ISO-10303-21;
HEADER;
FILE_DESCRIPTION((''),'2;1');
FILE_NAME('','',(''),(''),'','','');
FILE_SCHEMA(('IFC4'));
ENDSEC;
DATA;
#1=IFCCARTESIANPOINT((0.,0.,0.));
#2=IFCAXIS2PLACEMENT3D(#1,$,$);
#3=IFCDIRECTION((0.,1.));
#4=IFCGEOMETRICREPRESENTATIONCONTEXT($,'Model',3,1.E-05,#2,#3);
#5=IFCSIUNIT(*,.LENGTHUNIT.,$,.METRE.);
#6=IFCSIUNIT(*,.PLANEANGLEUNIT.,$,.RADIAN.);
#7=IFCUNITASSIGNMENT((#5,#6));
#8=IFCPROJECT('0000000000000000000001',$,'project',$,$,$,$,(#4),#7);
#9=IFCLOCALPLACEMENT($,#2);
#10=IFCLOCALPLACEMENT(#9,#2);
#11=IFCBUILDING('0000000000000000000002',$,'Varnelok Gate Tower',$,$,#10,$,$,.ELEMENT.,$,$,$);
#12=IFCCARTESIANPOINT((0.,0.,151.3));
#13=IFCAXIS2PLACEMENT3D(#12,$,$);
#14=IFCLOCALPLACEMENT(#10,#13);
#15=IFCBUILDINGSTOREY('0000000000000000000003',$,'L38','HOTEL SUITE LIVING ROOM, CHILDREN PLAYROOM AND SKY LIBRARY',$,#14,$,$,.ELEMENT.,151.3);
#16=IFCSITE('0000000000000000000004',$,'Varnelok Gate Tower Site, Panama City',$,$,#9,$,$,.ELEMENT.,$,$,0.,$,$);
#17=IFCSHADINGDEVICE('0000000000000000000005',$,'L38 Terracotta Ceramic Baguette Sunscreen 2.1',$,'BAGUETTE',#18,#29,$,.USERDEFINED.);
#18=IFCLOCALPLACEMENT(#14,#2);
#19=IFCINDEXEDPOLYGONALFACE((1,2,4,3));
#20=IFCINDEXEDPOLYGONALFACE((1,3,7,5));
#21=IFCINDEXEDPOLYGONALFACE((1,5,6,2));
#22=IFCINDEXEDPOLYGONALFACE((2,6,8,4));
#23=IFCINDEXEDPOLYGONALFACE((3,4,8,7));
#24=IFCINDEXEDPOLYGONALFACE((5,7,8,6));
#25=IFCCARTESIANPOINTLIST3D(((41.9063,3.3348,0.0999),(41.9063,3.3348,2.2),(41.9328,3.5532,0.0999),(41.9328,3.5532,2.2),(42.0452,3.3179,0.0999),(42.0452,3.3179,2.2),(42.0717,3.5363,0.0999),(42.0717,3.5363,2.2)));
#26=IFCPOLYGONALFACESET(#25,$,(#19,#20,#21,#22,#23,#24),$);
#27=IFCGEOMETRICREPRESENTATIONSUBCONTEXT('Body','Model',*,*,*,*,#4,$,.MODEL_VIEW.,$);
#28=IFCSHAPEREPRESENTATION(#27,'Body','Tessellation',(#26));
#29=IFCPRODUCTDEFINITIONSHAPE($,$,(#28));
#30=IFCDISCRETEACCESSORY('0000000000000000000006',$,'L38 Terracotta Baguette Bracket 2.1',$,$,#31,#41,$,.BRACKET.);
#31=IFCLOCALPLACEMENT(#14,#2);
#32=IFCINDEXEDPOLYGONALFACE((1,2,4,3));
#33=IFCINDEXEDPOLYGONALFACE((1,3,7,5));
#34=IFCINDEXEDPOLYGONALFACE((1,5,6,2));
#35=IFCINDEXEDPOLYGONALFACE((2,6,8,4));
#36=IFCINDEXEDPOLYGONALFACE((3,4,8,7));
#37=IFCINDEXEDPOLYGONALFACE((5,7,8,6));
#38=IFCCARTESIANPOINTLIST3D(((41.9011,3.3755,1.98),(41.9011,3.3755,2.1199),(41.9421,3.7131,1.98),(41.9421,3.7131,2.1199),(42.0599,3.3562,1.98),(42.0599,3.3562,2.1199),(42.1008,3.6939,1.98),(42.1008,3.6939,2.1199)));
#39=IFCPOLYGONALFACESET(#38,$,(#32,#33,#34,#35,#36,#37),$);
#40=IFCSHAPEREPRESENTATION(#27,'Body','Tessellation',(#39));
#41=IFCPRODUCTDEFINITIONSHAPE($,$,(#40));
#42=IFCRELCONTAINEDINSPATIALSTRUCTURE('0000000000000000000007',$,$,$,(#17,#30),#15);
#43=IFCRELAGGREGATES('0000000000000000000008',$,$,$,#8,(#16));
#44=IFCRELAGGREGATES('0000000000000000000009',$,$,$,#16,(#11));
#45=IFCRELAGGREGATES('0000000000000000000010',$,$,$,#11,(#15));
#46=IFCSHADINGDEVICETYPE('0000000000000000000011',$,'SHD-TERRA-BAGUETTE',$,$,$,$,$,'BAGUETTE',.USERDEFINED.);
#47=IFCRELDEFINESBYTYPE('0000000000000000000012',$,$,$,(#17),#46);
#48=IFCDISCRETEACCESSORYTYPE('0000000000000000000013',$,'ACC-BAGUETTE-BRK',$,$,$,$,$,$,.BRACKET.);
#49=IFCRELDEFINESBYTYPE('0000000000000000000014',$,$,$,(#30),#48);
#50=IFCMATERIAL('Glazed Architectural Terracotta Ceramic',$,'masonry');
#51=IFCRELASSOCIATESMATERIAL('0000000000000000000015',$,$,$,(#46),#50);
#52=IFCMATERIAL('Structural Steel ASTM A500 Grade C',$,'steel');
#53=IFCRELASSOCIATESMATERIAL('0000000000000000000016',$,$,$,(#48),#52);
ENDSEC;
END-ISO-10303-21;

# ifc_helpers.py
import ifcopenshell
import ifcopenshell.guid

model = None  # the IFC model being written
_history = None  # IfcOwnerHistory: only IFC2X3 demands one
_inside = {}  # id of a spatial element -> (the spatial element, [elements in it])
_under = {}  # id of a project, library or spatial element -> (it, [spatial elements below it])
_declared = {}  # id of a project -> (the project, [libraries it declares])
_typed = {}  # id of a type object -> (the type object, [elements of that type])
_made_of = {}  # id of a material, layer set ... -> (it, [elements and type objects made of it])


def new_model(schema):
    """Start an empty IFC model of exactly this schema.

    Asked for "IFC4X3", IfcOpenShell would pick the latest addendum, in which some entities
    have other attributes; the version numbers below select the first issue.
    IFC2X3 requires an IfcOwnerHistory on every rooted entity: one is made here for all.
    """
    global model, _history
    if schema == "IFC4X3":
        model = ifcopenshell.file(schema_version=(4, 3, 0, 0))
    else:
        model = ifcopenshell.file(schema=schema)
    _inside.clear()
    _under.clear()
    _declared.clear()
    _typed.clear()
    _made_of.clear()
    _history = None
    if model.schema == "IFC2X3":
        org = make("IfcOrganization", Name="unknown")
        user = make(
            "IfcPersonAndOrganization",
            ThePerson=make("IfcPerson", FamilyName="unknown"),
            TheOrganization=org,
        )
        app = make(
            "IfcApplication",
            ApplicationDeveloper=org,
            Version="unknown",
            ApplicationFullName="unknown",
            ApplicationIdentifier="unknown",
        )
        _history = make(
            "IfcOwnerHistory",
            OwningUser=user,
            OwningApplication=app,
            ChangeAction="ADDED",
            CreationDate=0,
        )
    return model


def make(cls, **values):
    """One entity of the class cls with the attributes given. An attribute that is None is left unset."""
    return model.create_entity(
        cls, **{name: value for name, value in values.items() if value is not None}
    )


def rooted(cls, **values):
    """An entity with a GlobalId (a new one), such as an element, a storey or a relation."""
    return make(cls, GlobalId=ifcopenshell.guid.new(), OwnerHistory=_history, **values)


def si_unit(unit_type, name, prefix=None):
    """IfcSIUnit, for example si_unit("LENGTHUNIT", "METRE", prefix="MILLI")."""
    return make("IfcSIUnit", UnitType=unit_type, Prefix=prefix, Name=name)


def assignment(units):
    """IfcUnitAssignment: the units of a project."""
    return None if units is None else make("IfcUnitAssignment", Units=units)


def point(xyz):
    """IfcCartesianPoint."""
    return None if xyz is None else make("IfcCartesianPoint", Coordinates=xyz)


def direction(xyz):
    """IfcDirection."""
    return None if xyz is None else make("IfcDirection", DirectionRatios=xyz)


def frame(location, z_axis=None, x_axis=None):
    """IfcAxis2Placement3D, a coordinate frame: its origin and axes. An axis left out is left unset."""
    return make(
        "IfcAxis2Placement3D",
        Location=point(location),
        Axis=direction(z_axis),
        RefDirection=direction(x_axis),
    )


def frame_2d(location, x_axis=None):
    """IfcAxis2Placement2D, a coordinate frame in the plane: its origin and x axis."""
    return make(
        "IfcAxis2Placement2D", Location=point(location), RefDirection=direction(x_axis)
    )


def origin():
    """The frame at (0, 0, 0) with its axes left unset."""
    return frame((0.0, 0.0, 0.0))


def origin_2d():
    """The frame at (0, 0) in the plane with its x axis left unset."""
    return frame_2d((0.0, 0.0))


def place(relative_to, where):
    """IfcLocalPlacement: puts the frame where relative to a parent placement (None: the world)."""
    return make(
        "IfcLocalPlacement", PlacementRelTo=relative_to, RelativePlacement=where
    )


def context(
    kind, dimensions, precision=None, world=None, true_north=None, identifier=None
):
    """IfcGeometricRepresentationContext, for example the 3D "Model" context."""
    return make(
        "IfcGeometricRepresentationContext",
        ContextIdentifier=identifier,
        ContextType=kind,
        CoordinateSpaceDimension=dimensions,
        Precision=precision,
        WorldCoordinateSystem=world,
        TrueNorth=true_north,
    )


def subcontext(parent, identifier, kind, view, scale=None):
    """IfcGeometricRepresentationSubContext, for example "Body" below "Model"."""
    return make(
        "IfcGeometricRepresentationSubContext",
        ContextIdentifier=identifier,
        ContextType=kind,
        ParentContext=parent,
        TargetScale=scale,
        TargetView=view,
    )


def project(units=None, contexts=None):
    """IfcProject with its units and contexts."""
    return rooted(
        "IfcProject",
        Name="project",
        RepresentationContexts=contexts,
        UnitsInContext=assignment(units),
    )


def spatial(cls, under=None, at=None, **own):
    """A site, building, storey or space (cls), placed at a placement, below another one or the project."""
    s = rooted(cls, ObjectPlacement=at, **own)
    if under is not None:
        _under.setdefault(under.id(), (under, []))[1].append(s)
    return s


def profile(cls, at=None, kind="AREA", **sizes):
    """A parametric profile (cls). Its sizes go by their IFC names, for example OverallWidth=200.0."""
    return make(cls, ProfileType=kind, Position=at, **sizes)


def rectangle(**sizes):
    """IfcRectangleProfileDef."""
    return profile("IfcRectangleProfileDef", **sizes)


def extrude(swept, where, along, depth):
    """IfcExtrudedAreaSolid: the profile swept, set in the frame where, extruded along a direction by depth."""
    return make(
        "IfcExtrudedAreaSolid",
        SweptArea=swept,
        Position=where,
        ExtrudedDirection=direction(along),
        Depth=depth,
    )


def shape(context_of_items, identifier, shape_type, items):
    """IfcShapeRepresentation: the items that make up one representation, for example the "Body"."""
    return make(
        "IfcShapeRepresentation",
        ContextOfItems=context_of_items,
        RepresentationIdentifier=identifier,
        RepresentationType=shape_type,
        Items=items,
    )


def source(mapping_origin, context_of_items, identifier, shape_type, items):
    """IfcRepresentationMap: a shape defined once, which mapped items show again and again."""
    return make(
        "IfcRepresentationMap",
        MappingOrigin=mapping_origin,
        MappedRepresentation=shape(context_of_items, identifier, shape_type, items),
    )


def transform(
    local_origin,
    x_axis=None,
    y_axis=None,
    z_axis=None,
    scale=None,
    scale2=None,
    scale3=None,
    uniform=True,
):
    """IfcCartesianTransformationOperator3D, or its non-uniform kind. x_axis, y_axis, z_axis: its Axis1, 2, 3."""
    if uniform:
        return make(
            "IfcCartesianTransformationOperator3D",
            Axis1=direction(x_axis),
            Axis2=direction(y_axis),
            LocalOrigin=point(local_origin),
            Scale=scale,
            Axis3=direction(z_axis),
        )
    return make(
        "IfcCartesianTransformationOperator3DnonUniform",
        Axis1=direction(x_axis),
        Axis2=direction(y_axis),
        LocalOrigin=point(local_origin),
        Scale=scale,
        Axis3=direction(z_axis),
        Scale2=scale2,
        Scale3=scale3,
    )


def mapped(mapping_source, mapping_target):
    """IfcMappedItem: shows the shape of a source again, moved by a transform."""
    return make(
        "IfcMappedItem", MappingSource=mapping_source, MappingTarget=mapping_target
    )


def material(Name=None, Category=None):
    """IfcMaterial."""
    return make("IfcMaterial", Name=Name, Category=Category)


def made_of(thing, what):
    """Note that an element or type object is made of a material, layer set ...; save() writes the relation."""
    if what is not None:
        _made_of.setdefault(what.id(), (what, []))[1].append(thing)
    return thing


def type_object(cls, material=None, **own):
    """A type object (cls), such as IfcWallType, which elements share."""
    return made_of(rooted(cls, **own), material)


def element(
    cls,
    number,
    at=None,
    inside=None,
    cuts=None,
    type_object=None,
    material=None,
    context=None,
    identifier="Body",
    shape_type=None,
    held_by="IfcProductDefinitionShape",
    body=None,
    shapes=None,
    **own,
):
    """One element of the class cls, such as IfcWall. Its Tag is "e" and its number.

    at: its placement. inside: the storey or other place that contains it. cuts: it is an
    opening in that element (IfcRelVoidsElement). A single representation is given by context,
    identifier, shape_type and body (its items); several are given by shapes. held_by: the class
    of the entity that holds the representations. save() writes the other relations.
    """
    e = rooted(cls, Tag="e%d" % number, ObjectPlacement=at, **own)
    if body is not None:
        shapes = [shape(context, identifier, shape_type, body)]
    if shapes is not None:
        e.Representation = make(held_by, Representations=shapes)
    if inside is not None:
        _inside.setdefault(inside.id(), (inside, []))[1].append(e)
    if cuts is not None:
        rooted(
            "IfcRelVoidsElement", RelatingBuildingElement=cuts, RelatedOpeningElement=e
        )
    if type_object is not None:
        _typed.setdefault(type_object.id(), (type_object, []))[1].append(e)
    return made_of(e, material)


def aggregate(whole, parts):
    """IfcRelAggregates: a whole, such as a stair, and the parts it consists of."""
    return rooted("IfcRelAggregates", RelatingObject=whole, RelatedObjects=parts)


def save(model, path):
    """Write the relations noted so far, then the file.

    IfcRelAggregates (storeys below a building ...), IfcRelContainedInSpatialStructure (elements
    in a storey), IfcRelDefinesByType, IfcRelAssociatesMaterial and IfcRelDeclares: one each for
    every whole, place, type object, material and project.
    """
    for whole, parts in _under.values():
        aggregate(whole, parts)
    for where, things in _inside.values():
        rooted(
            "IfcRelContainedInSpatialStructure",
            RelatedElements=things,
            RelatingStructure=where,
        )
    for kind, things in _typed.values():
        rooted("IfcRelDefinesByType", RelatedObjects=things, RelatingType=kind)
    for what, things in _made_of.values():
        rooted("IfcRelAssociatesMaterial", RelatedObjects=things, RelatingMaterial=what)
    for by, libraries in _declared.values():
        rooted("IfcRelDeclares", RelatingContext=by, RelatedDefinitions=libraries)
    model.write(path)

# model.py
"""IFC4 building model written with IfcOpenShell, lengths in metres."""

from ifc_helpers import new_model, si_unit, direction, frame, origin, origin_2d, place, context, subcontext, project, spatial, rectangle, extrude, source, transform, mapped, material, type_object, element, save


model = new_model("IFC4")

# Units and contexts
model_context = context("Model", 3, precision=1e-05, world=origin(), true_north=direction((0.0, 1.0)))
body_context = subcontext(model_context, "Body", "Model", "MODEL_VIEW")
ifc_project = project(units=[si_unit("LENGTHUNIT", "METRE"), si_unit("PLANEANGLEUNIT", "RADIAN")], contexts=[model_context])

# Site, building, storey
site_placement = place(None, origin())
site = spatial("IfcSite", under=ifc_project, at=site_placement, Name="Varnelok Gate Tower Site, Panama City", CompositionType="ELEMENT", RefElevation=0.0)
building_placement = place(site_placement, origin())
building = spatial("IfcBuilding", under=site, at=building_placement, Name="Varnelok Gate Tower", CompositionType="ELEMENT")
storey_placement = place(building_placement, frame((0.0, 0.0, 151.3)))
storey = spatial("IfcBuildingStorey", under=building, at=storey_placement, Name="L38", Description="HOTEL SUITE LIVING ROOM, CHILDREN PLAYROOM AND SKY LIBRARY", CompositionType="ELEMENT", Elevation=151.3)

# Shading device
ifc_material_1 = material(Name="Glazed Architectural Terracotta Ceramic", Category="masonry")
shading_device_type = type_object("IfcShadingDeviceType", Name="SHD-TERRA-BAGUETTE", ElementType="BAGUETTE", PredefinedType="USERDEFINED", material=ifc_material_1)
shared_shape_1 = source(origin(), body_context, "Body", "SweptSolid", [
    extrude(rectangle(XDim=0.1399, YDim=0.22, at=origin_2d()), origin(), (0.0, 0.0, 1.0), 2.1001),
])
shading_device_placement = place(storey_placement, frame((41.989, 3.4355, 0.0999), z_axis=(0.0, 0.0, 1.0), x_axis=(0.992732, -0.120345, 0.0)))
element("IfcShadingDevice", 1, at=shading_device_placement, inside=storey, type_object=shading_device_type, Name="L38 Terracotta Ceramic Baguette Sunscreen 2.1", ObjectType="BAGUETTE", PredefinedType="USERDEFINED", context=body_context, shape_type="MappedRepresentation", body=[
    mapped(shared_shape_1, transform((0.0, 0.0, 0.0), scale=1.0)),
])

# Discrete accessory
ifc_material_2 = material(Name="Structural Steel ASTM A500 Grade C", Category="steel")
discrete_accessory_type = type_object("IfcDiscreteAccessoryType", Name="ACC-BAGUETTE-BRK", PredefinedType="BRACKET", material=ifc_material_2)
shared_shape_2 = source(origin(), body_context, "Body", "SweptSolid", [
    extrude(rectangle(XDim=0.1599, YDim=0.3401, at=origin_2d()), origin(), (0.0, 0.0, 1.0), 0.1399),
])
discrete_accessory_placement = place(storey_placement, frame((42.001, 3.5347, 1.98), z_axis=(0.0, 0.0, 1.0), x_axis=(0.992732, -0.120345, 0.0)))
element("IfcDiscreteAccessory", 2, at=discrete_accessory_placement, inside=storey, type_object=discrete_accessory_type, Name="L38 Terracotta Baguette Bracket 2.1", PredefinedType="BRACKET", context=body_context, shape_type="MappedRepresentation", body=[
    mapped(shared_shape_2, transform((0.0, 0.0, 0.0), scale=1.0)),
])

save(model, "model.ifc")
